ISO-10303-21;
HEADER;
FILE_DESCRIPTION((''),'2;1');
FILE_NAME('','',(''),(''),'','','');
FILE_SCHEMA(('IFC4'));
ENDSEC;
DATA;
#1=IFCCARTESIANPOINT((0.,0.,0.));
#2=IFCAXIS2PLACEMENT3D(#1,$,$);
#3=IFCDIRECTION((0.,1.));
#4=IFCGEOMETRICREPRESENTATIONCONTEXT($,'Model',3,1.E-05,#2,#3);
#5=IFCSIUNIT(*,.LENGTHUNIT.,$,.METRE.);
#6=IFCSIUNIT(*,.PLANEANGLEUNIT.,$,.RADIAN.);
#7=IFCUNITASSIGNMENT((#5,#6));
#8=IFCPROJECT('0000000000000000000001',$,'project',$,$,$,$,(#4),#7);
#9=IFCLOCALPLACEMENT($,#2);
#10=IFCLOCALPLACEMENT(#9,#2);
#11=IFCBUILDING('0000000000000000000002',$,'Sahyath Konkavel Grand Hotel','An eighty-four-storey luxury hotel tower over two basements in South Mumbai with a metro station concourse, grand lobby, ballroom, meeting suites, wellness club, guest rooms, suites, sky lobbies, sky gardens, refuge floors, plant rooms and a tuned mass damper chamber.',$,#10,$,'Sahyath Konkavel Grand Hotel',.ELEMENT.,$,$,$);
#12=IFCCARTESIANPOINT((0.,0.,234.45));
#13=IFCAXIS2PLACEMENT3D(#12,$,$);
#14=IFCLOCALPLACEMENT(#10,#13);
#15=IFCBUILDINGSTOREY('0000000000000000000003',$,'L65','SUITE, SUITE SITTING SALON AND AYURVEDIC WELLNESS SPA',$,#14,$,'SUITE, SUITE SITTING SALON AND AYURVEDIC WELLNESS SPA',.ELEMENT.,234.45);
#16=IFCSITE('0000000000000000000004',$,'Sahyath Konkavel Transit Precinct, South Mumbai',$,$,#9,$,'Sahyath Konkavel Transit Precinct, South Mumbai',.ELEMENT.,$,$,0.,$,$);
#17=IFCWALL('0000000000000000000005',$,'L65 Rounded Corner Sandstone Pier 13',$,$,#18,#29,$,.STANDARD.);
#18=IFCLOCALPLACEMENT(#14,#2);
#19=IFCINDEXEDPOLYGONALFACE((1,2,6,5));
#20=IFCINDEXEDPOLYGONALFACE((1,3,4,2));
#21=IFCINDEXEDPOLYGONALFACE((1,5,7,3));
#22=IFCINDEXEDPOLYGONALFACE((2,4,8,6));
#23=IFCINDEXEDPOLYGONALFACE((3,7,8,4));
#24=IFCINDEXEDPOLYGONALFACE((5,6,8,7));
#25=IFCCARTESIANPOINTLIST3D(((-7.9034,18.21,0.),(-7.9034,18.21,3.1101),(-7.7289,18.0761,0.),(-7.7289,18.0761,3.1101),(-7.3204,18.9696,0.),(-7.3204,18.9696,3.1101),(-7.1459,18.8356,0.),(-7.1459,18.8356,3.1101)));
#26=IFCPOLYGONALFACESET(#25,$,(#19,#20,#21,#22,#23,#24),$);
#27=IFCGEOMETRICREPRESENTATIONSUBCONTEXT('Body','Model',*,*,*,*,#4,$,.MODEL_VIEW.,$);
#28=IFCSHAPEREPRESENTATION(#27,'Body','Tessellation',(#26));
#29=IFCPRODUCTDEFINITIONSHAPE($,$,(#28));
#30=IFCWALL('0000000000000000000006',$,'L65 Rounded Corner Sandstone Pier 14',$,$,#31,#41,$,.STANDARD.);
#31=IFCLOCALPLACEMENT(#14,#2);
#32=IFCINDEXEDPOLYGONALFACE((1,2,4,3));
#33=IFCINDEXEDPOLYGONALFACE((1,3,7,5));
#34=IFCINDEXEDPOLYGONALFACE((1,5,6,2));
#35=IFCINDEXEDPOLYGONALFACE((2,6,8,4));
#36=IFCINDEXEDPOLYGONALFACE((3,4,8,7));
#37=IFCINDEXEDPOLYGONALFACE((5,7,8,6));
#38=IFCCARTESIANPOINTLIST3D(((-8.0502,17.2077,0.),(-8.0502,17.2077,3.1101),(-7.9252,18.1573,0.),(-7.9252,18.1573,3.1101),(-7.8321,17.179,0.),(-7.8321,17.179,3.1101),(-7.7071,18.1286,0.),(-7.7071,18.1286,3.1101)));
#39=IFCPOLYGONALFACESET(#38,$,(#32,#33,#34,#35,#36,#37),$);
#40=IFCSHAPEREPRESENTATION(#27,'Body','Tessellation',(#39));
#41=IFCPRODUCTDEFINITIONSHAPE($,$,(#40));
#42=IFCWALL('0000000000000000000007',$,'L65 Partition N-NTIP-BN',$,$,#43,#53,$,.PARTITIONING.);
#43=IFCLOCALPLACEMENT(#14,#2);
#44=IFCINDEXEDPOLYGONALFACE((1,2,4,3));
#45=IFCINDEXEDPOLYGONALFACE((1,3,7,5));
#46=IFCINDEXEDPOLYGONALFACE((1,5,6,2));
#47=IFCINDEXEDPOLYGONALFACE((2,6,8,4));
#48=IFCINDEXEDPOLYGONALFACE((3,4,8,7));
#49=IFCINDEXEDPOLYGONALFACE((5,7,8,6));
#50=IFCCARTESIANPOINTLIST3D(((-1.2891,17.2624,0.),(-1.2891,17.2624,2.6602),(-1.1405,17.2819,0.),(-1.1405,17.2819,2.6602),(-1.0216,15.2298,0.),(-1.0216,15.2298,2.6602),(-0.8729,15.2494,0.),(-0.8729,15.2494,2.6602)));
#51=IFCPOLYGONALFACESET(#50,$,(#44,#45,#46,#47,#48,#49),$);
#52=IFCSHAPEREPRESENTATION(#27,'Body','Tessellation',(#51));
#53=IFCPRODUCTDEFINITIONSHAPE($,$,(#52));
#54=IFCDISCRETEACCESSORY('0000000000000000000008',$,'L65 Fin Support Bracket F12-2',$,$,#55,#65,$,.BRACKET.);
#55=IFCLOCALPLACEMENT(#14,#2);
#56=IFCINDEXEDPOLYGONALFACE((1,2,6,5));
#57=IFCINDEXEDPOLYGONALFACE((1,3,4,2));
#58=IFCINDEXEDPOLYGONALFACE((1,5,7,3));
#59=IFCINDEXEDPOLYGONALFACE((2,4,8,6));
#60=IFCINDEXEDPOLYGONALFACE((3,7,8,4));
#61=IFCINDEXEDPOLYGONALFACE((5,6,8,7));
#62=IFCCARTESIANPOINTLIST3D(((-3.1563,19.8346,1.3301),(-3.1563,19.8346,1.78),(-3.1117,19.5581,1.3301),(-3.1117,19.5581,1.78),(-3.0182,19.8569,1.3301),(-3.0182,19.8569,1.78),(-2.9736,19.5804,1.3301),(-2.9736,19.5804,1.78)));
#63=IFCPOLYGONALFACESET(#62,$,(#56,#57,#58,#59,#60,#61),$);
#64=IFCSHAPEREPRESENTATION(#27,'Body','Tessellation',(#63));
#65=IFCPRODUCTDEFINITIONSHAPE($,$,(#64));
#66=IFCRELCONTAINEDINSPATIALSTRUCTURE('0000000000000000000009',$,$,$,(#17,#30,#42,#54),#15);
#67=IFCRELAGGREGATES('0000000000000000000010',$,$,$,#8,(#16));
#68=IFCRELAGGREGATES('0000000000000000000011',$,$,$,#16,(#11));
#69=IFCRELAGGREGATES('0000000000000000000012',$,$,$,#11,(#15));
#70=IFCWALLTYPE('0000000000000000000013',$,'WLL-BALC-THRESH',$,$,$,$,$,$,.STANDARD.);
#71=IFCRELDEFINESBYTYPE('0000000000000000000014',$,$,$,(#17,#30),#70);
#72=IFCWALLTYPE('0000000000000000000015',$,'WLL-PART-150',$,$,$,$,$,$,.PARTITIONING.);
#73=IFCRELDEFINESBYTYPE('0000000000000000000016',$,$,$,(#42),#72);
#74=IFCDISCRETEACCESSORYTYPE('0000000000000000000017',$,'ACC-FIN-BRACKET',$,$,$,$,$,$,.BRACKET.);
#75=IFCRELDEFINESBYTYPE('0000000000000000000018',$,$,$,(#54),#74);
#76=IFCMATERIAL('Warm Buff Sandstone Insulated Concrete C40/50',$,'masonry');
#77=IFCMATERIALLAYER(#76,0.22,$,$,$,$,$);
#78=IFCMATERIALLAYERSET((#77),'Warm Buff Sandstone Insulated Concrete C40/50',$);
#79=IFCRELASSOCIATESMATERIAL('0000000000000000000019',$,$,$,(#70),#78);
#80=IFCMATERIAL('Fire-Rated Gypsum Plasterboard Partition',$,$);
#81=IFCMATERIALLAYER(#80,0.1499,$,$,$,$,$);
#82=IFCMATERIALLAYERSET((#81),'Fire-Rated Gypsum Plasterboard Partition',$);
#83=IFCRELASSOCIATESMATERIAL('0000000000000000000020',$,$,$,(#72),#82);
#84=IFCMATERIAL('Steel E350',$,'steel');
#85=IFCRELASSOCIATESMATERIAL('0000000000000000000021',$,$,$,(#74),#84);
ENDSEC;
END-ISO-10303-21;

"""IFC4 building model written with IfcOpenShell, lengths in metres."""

from ifc_helpers import new_model, si_unit, direction, frame, frame_2d, origin, origin_2d, place, context, subcontext, project, spatial, rectangle, extrude, source, transform, mapped, material, layer, layer_set, type_object, element, save


model = new_model("IFC4")

# Units and contexts
model_context = context("Model", 3, precision=1e-05, world=origin(), true_north=direction((0.0, 1.0)))
body_context = subcontext(model_context, "Body", "Model", "MODEL_VIEW")
ifc_project = project(units=[si_unit("LENGTHUNIT", "METRE"), si_unit("PLANEANGLEUNIT", "RADIAN")], contexts=[model_context])

# Site, building, storey
site_placement = place(None, origin())
site = spatial("IfcSite", under=ifc_project, at=site_placement, Name="Sahyath Konkavel Transit Precinct, South Mumbai", LongName="Sahyath Konkavel Transit Precinct, South Mumbai", CompositionType="ELEMENT", RefElevation=0.0)
building_placement = place(site_placement, origin())
building = spatial("IfcBuilding", under=site, at=building_placement, Name="Sahyath Konkavel Grand Hotel", Description="An eighty-four-storey luxury hotel tower over two basements in South Mumbai with a metro station concourse, grand lobby, ballroom, meeting suites, wellness club, guest rooms, suites, sky lobbies, sky gardens, refuge floors, plant rooms and a tuned mass damper chamber.", LongName="Sahyath Konkavel Grand Hotel", CompositionType="ELEMENT")
storey_placement = place(building_placement, frame((0.0, 0.0, 234.45)))
storey = spatial("IfcBuildingStorey", under=building, at=storey_placement, Name="L65", Description="SUITE, SUITE SITTING SALON AND AYURVEDIC WELLNESS SPA", LongName="SUITE, SUITE SITTING SALON AND AYURVEDIC WELLNESS SPA", CompositionType="ELEMENT", Elevation=234.45)

# Shared definitions
ifc_material_1 = material(Name="Steel E350", Category="steel")

# Walls
ifc_material_2 = material(Name="Warm Buff Sandstone Insulated Concrete C40/50", Category="masonry")
ifc_layer_1 = layer(ifc_material_2, 0.22)
ifc_layer_set_1 = layer_set([ifc_layer_1], Name="Warm Buff Sandstone Insulated Concrete C40/50")
wall_type_1 = type_object("IfcWallType", Name="WLL-BALC-THRESH", PredefinedType="STANDARD", material=ifc_layer_set_1)
wall_1_placement = place(storey_placement, frame((-7.2332, 18.9026, 0.0), z_axis=(0.0, 0.0, 1.0), x_axis=(-0.608897, -0.793249, 0.0)))
element("IfcWall", 1, at=wall_1_placement, inside=storey, type_object=wall_type_1, Name="L65 Rounded Corner Sandstone Pier 13", PredefinedType="STANDARD", context=body_context, shape_type="SweptSolid", body=[
    extrude(rectangle(XDim=0.9575, YDim=0.22, at=frame_2d((0.4788, 0.0))), origin(), (0.0, 0.0, 1.0), 3.1101),
])
wall_2_placement = place(storey_placement, frame((-7.8162, 18.1431, 0.0), z_axis=(0.0, 0.0, 1.0), x_axis=(-0.130527, -0.991445, 0.0)))
element("IfcWall", 2, at=wall_2_placement, inside=storey, type_object=wall_type_1, Name="L65 Rounded Corner Sandstone Pier 14", PredefinedType="STANDARD", context=body_context, shape_type="SweptSolid", body=[
    extrude(rectangle(XDim=0.9578, YDim=0.22, at=frame_2d((0.479, 0.0))), origin(), (0.0, 0.0, 1.0), 3.1101),
])
ifc_material_3 = material(Name="Fire-Rated Gypsum Plasterboard Partition")
ifc_layer_2 = layer(ifc_material_3, 0.1499)
ifc_layer_set_2 = layer_set([ifc_layer_2], Name="Fire-Rated Gypsum Plasterboard Partition")
wall_type_2 = type_object("IfcWallType", Name="WLL-PART-150", PredefinedType="PARTITIONING", material=ifc_layer_set_2)
wall_3_placement = place(storey_placement, frame((-0.9473, 15.2397, 0.0), z_axis=(0.0, 0.0, 1.0), x_axis=(-0.130525, 0.991445, 0.0)))
element("IfcWall", 3, at=wall_3_placement, inside=storey, type_object=wall_type_2, Name="L65 Partition N-NTIP-BN", PredefinedType="PARTITIONING", context=body_context, shape_type="SweptSolid", body=[
    extrude(rectangle(XDim=2.05, YDim=0.1499, at=frame_2d((1.0249, 0.0))), origin(), (0.0, 0.0, 1.0), 2.6602),
])

# Discrete accessory
discrete_accessory_type = type_object("IfcDiscreteAccessoryType", Name="ACC-FIN-BRACKET", PredefinedType="BRACKET", material=ifc_material_1)
shared_shape_1 = source(origin(), body_context, "Body", "SweptSolid", [
    extrude(rectangle(XDim=0.28, YDim=0.1399, at=origin_2d()), origin(), (0.0, 0.0, 1.0), 0.45),
])
discrete_accessory_placement = place(storey_placement, frame((-3.0649, 19.7075, 1.3301), z_axis=(0.0, 0.0, 1.0), x_axis=(-0.159433, 0.987209, 0.0)))
element("IfcDiscreteAccessory", 4, at=discrete_accessory_placement, inside=storey, type_object=discrete_accessory_type, Name="L65 Fin Support Bracket F12-2", PredefinedType="BRACKET", context=body_context, shape_type="MappedRepresentation", body=[
    mapped(shared_shape_1, transform((0.0, 0.0, 0.0), scale=1.0)),
])

save(model, "model.ifc")
